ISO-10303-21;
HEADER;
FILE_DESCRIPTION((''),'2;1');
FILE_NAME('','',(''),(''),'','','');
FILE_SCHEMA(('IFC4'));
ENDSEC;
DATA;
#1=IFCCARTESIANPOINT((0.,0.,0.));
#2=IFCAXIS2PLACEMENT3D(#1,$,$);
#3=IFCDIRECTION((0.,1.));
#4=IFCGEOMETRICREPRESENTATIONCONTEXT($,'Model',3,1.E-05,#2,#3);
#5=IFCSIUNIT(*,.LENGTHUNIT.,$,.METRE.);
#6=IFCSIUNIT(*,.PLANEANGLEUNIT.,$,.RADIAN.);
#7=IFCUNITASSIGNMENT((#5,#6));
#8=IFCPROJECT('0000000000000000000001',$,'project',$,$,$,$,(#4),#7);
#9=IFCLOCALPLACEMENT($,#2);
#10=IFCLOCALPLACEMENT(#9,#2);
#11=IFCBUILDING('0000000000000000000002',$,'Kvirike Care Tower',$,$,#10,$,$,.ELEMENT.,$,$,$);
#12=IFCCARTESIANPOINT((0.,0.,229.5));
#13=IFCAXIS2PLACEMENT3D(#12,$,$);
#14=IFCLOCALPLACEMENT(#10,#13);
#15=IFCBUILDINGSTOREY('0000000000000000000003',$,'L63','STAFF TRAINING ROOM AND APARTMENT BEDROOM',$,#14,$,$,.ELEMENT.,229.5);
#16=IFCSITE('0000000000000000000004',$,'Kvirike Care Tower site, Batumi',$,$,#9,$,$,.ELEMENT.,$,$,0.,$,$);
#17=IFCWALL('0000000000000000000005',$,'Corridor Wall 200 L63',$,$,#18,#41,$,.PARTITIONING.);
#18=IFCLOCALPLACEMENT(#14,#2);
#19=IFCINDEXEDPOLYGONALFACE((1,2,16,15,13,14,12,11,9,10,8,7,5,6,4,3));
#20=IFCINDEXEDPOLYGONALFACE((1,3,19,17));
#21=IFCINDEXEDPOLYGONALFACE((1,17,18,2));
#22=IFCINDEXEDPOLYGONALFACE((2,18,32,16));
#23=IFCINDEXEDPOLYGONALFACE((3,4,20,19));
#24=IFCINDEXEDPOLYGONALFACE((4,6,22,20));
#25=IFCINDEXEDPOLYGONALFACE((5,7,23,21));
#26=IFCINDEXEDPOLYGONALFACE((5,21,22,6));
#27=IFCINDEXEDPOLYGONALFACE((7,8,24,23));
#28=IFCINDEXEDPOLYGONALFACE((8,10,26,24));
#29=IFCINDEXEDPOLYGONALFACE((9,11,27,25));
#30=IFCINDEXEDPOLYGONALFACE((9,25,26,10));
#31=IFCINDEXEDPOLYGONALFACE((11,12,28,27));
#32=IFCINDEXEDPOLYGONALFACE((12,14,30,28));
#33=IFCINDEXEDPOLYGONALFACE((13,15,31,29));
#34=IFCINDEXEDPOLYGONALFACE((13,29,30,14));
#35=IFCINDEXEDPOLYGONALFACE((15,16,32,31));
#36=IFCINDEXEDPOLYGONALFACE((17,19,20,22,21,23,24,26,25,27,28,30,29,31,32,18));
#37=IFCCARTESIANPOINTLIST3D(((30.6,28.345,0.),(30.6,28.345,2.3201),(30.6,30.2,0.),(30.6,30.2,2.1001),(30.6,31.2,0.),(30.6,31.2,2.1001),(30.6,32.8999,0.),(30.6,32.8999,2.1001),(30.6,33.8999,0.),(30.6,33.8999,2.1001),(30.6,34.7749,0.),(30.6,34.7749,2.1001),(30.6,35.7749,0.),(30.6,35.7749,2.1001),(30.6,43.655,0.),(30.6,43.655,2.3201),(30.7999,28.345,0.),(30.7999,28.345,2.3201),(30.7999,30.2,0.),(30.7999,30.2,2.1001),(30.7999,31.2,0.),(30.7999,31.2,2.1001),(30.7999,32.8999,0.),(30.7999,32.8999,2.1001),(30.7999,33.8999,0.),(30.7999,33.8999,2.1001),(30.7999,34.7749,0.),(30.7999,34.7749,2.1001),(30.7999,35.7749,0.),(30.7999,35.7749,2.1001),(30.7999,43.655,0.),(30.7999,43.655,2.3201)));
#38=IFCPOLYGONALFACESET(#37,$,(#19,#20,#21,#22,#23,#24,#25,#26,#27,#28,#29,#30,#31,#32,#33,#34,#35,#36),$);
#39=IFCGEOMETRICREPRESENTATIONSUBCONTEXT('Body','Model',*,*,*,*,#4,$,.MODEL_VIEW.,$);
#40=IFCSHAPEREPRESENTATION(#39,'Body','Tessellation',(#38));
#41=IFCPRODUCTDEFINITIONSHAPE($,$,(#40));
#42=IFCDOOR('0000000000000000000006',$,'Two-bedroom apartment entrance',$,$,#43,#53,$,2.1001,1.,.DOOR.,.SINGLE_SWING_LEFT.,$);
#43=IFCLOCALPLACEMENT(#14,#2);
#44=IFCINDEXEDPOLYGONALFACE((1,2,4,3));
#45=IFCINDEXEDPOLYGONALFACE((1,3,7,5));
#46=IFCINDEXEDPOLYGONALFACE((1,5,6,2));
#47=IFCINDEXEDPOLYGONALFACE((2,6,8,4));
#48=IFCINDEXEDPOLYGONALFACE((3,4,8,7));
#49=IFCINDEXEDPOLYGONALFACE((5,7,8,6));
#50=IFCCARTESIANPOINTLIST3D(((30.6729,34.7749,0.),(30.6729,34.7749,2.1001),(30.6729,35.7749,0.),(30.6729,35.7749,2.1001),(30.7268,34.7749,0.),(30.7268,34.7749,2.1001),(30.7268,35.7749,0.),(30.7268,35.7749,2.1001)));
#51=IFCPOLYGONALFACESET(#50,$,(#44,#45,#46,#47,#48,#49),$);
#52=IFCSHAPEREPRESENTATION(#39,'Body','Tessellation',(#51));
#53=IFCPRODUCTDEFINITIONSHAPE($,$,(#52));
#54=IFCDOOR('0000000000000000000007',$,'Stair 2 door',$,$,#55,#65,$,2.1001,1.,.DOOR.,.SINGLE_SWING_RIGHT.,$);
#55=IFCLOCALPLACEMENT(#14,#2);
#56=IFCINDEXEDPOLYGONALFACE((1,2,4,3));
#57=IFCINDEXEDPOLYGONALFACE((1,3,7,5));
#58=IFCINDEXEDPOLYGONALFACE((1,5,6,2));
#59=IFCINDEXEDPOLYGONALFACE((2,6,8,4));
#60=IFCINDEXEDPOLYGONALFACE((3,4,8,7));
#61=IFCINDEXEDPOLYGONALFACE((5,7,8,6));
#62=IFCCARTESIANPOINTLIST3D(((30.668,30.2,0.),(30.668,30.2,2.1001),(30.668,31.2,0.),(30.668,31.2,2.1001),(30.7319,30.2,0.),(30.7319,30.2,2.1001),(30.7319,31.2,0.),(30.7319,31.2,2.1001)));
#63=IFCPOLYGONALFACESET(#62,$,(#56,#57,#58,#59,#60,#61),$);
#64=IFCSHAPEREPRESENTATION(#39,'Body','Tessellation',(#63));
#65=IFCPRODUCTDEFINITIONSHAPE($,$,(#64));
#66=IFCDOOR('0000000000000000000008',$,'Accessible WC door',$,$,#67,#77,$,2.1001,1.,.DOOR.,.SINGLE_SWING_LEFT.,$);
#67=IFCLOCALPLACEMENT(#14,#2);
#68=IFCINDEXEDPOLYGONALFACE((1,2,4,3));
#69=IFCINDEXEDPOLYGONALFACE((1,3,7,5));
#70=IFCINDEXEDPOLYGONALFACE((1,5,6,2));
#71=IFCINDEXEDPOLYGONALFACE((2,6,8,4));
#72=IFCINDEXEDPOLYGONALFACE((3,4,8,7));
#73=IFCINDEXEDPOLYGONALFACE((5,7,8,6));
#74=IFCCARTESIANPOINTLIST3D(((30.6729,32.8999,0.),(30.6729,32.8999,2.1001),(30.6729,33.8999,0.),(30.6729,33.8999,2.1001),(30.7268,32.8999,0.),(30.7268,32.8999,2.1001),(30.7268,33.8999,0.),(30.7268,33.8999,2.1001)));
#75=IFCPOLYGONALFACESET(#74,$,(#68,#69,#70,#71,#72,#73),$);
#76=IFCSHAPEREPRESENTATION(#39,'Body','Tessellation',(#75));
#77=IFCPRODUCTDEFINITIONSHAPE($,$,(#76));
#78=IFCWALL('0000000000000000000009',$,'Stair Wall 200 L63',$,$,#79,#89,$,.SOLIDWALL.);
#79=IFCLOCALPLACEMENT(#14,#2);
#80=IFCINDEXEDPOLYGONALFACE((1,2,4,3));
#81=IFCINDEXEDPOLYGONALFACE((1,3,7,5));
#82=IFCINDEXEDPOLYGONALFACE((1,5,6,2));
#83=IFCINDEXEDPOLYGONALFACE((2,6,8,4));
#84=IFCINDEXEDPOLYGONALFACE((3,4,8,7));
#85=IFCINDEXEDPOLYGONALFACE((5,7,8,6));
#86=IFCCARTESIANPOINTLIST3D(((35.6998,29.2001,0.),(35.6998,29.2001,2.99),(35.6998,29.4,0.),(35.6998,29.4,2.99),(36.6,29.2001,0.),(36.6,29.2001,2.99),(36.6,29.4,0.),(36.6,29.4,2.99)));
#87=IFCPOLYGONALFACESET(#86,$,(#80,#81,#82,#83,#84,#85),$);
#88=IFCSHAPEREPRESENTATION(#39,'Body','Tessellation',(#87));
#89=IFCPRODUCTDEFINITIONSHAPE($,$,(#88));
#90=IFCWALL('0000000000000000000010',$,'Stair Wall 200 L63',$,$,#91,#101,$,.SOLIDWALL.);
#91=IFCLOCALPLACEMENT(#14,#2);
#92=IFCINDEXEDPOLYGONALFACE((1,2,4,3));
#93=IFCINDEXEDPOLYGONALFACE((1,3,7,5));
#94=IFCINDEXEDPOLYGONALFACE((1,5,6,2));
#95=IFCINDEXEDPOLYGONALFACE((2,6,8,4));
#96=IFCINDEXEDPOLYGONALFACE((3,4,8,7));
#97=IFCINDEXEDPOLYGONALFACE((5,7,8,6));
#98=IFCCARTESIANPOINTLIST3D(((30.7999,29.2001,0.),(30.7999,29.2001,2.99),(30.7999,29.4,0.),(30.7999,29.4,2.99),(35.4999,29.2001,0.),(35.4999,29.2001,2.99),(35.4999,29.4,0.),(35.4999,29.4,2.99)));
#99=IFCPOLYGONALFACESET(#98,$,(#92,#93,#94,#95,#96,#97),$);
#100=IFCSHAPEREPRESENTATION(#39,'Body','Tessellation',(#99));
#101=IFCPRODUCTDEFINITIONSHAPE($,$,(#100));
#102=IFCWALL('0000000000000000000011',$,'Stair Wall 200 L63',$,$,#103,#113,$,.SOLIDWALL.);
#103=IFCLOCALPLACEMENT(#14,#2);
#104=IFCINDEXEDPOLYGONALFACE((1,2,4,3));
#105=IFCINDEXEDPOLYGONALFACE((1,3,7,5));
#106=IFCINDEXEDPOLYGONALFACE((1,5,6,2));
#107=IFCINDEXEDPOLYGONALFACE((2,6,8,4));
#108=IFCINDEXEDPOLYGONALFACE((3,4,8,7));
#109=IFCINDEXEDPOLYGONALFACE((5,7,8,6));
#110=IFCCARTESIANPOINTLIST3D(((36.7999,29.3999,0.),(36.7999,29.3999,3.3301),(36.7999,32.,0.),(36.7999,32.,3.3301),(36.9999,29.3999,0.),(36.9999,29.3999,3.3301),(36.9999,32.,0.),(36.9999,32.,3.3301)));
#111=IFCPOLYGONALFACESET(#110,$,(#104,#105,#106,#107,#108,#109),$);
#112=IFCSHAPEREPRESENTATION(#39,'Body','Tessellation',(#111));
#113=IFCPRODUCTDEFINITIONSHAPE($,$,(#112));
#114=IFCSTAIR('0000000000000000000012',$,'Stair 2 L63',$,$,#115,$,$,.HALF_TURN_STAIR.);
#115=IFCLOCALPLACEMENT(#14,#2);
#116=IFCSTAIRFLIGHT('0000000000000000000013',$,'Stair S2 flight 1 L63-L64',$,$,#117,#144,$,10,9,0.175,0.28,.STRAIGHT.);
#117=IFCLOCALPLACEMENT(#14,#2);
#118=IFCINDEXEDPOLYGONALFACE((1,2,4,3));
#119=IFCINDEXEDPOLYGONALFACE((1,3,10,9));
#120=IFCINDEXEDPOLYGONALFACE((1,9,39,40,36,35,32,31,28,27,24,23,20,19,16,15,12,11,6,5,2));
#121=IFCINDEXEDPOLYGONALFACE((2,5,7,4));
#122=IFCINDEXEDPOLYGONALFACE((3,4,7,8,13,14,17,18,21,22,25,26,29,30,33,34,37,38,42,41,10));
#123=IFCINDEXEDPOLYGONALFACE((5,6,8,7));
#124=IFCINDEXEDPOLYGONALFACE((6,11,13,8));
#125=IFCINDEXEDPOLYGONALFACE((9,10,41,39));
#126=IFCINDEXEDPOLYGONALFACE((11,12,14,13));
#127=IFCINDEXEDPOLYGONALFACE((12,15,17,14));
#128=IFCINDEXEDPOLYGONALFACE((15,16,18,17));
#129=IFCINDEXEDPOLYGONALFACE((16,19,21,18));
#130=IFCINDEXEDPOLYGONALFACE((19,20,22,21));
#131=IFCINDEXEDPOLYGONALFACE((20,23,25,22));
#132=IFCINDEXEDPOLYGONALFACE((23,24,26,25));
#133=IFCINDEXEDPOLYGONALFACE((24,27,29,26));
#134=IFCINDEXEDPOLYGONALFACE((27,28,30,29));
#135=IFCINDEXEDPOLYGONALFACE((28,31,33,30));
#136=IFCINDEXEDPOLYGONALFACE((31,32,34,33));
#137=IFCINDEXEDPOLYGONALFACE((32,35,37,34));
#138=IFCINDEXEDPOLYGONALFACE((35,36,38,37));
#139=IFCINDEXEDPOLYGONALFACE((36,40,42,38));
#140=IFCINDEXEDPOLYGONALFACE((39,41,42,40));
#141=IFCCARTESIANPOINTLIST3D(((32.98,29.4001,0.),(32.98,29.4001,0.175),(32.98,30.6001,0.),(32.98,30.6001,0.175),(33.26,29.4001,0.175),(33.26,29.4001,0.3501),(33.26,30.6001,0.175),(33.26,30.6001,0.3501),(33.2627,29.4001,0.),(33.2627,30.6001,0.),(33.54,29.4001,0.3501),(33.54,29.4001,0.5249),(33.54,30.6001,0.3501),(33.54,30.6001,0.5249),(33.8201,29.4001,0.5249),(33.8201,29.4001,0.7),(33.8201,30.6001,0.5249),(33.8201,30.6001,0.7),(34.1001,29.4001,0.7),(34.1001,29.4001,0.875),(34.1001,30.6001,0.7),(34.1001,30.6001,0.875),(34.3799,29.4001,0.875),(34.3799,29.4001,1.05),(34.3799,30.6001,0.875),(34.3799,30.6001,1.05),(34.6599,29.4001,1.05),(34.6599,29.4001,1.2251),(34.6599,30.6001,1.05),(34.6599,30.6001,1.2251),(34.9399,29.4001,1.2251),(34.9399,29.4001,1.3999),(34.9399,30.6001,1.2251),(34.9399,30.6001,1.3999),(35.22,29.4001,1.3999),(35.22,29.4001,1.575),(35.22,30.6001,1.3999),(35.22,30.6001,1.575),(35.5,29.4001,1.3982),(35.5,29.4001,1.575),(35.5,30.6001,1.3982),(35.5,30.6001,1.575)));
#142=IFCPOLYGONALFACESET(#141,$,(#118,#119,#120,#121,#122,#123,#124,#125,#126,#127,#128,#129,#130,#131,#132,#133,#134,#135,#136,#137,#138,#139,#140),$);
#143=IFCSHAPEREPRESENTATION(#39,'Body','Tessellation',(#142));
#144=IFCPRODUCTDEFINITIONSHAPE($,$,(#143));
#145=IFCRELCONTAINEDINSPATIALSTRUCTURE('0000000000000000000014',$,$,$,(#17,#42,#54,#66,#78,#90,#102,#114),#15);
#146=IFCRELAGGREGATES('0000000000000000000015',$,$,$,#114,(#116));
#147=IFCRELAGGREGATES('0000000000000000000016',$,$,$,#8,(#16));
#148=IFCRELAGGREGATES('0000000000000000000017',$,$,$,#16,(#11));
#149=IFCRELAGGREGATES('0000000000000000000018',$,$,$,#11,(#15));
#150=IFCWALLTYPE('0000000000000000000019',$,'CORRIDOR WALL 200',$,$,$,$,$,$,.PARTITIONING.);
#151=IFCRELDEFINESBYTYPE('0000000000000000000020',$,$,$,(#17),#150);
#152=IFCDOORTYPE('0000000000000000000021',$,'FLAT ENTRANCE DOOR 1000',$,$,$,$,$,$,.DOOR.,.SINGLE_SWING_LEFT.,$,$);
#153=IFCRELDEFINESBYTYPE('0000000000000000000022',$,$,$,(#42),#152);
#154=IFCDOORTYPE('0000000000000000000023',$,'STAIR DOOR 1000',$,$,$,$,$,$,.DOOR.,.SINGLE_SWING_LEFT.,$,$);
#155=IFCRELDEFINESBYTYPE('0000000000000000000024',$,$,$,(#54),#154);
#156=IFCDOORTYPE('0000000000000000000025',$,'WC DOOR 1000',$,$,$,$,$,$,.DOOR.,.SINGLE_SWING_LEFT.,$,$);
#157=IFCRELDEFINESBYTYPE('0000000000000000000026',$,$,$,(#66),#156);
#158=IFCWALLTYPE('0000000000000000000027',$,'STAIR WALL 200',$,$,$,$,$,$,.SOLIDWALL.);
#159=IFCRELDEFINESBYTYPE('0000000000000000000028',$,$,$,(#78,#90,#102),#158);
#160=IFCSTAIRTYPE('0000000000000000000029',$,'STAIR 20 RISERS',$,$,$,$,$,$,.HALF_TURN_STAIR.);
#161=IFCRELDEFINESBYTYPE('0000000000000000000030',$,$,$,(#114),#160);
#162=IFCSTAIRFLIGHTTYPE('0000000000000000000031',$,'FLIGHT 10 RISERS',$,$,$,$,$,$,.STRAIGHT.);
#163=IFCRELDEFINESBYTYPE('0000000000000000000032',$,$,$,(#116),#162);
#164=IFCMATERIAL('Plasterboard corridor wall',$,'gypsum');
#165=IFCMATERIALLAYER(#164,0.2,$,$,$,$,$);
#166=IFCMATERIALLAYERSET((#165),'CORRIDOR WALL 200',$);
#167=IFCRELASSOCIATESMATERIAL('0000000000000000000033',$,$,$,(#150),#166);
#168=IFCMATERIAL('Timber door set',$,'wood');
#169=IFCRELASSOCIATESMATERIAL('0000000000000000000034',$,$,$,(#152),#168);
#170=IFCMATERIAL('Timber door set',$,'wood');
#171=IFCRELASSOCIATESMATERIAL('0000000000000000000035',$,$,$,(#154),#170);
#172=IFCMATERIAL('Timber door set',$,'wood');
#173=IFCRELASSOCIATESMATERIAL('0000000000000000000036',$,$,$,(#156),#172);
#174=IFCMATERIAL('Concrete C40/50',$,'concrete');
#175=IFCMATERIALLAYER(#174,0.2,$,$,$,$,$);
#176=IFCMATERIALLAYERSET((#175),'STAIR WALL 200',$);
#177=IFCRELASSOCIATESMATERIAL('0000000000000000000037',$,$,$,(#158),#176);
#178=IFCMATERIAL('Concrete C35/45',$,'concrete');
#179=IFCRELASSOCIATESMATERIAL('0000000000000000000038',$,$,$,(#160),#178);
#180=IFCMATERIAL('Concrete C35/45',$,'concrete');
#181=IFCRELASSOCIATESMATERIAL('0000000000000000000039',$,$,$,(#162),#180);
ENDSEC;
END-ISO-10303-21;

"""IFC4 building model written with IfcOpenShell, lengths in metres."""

from ifc_helpers import new_model, si_unit, direction, frame, frame_2d, origin, place, context, subcontext, project, spatial, polyline, rectangle, outline, extrude, material, layer, layer_set, type_object, element, fill, aggregate, save


model = new_model("IFC4")

# Units and contexts
model_context = context("Model", 3, precision=1e-05, world=origin(), true_north=direction((0.0, 1.0)))
body_context = subcontext(model_context, "Body", "Model", "MODEL_VIEW")
ifc_project = project(units=[si_unit("LENGTHUNIT", "METRE"), si_unit("PLANEANGLEUNIT", "RADIAN")], contexts=[model_context])

# Site, building, storey
site_placement = place(None, origin())
site = spatial("IfcSite", under=ifc_project, at=site_placement, Name="Kvirike Care Tower site, Batumi", CompositionType="ELEMENT", RefElevation=0.0)
building_placement = place(site_placement, origin())
building = spatial("IfcBuilding", under=site, at=building_placement, Name="Kvirike Care Tower", CompositionType="ELEMENT")
storey_placement = place(building_placement, frame((0.0, 0.0, 229.5)))
storey = spatial("IfcBuildingStorey", under=building, at=storey_placement, Name="L63", Description="STAFF TRAINING ROOM AND APARTMENT BEDROOM", CompositionType="ELEMENT", Elevation=229.5)

# Wall, openings, doors
ifc_material_1 = material(Name="Plasterboard corridor wall", Category="gypsum")
ifc_layer_1 = layer(ifc_material_1, 0.2)
ifc_layer_set_1 = layer_set([ifc_layer_1], Name="CORRIDOR WALL 200")
wall_type_1 = type_object("IfcWallType", Name="CORRIDOR WALL 200", PredefinedType="PARTITIONING", material=ifc_layer_set_1)
wall_1_placement = place(storey_placement, frame((30.7, 28.345, 0.0), z_axis=(0.0, 0.0, 1.0), x_axis=(0.0, 1.0, 0.0)))
wall_1 = element("IfcWall", 1, at=wall_1_placement, inside=storey, type_object=wall_type_1, Name="Corridor Wall 200 L63", PredefinedType="PARTITIONING", context=body_context, shape_type="SweptSolid", body=[
    extrude(rectangle(XDim=15.3101, YDim=0.2, at=frame_2d((7.655, 0.0))), origin(), (0.0, 0.0, 1.0), 2.3201),
])
opening_1_placement = place(wall_1_placement, frame((1.855, 0.0, 0.0)))
opening_1 = element("IfcOpeningElement", 2, at=opening_1_placement, cuts=wall_1, PredefinedType="OPENING", context=body_context, shape_type="SweptSolid", body=[
    extrude(rectangle(XDim=1.0, YDim=2.1001, at=frame_2d((0.5, 1.05))), frame((0.0, 0.1106, 0.0), z_axis=(0.0, -1.0, 0.0), x_axis=(1.0, 0.0, 0.0)), (0.0, 0.0, 1.0), 0.2209),
])
opening_2_placement = place(wall_1_placement, frame((4.5549, 0.0, 0.0)))
opening_2 = element("IfcOpeningElement", 3, at=opening_2_placement, cuts=wall_1, PredefinedType="OPENING", context=body_context, shape_type="SweptSolid", body=[
    extrude(rectangle(XDim=1.0, YDim=2.1001, at=frame_2d((0.5, 1.05))), frame((0.0, 0.1106, 0.0), z_axis=(0.0, -1.0, 0.0), x_axis=(1.0, 0.0, 0.0)), (0.0, 0.0, 1.0), 0.2209),
])
opening_3_placement = place(wall_1_placement, frame((6.4299, 0.0, 0.0)))
opening_3 = element("IfcOpeningElement", 4, at=opening_3_placement, cuts=wall_1, PredefinedType="OPENING", context=body_context, shape_type="SweptSolid", body=[
    extrude(rectangle(XDim=1.0, YDim=2.1001, at=frame_2d((0.5, 1.05))), frame((0.0, 0.1106, 0.0), z_axis=(0.0, -1.0, 0.0), x_axis=(1.0, 0.0, 0.0)), (0.0, 0.0, 1.0), 0.2209),
])
ifc_material_2 = material(Name="Timber door set", Category="wood")
door_type_1 = type_object("IfcDoorType", Name="FLAT ENTRANCE DOOR 1000", OperationType="SINGLE_SWING_LEFT", PredefinedType="DOOR", material=ifc_material_2)
door_1_placement = place(opening_3_placement, frame((1.0, 0.0, 0.0), z_axis=(0.0, 0.0, 1.0), x_axis=(-1.0, 0.0, 0.0)))
door_1 = element("IfcDoor", 5, at=door_1_placement, inside=storey, type_object=door_type_1, Name="Two-bedroom apartment entrance", OperationType="SINGLE_SWING_LEFT", OverallHeight=2.1001, OverallWidth=1.0, PredefinedType="DOOR", context=body_context, shape_type="SweptSolid", body=[
    extrude(rectangle(XDim=1.0, YDim=2.1001, at=frame_2d((0.5, 1.05))), frame((0.0, 0.0269, 0.0), z_axis=(0.0, -1.0, 0.0), x_axis=(1.0, 0.0, 0.0)), (0.0, 0.0, 1.0), 0.054),
])
fill(opening_3, door_1)
ifc_material_3 = material(Name="Timber door set", Category="wood")
door_type_2 = type_object("IfcDoorType", Name="STAIR DOOR 1000", OperationType="SINGLE_SWING_LEFT", PredefinedType="DOOR", material=ifc_material_3)
door_2_placement = place(opening_1_placement, frame((1.0, 0.0, 0.0), z_axis=(0.0, 0.0, 1.0), x_axis=(-1.0, 0.0, 0.0)))
door_2 = element("IfcDoor", 6, at=door_2_placement, inside=storey, type_object=door_type_2, Name="Stair 2 door", OperationType="SINGLE_SWING_RIGHT", OverallHeight=2.1001, OverallWidth=1.0, PredefinedType="DOOR", context=body_context, shape_type="SweptSolid", body=[
    extrude(rectangle(XDim=1.0, YDim=2.1001, at=frame_2d((0.5, 1.05))), frame((0.0, 0.032, 0.0), z_axis=(0.0, -1.0, 0.0), x_axis=(1.0, 0.0, 0.0)), (0.0, 0.0, 1.0), 0.064),
])
fill(opening_1, door_2)
ifc_material_4 = material(Name="Timber door set", Category="wood")
door_type_3 = type_object("IfcDoorType", Name="WC DOOR 1000", OperationType="SINGLE_SWING_LEFT", PredefinedType="DOOR", material=ifc_material_4)
door_3_placement = place(opening_2_placement, frame((1.0, 0.0, 0.0), z_axis=(0.0, 0.0, 1.0), x_axis=(-1.0, 0.0, 0.0)))
door_3 = element("IfcDoor", 7, at=door_3_placement, inside=storey, type_object=door_type_3, Name="Accessible WC door", OperationType="SINGLE_SWING_LEFT", OverallHeight=2.1001, OverallWidth=1.0, PredefinedType="DOOR", context=body_context, shape_type="SweptSolid", body=[
    extrude(rectangle(XDim=1.0, YDim=2.1001, at=frame_2d((0.5, 1.05))), frame((0.0, 0.0269, 0.0), z_axis=(0.0, -1.0, 0.0), x_axis=(1.0, 0.0, 0.0)), (0.0, 0.0, 1.0), 0.054),
])
fill(opening_2, door_3)

# Walls
ifc_material_5 = material(Name="Concrete C40/50", Category="concrete")
ifc_layer_2 = layer(ifc_material_5, 0.2)
ifc_layer_set_2 = layer_set([ifc_layer_2], Name="STAIR WALL 200")
wall_type_2 = type_object("IfcWallType", Name="STAIR WALL 200", PredefinedType="SOLIDWALL", material=ifc_layer_set_2)
wall_2_placement = place(storey_placement, frame((36.6001, 29.3, 0.0), z_axis=(0.0, 0.0, 1.0), x_axis=(-1.0, 0.0, 0.0)))
element("IfcWall", 8, at=wall_2_placement, inside=storey, type_object=wall_type_2, Name="Stair Wall 200 L63", PredefinedType="SOLIDWALL", context=body_context, shape_type="SweptSolid", body=[
    extrude(rectangle(XDim=0.9001, YDim=0.2, at=frame_2d((0.4502, 0.0))), origin(), (0.0, 0.0, 1.0), 2.99),
])
wall_3_placement = place(storey_placement, frame((35.5, 29.3, 0.0), z_axis=(0.0, 0.0, 1.0), x_axis=(-1.0, 0.0, 0.0)))
element("IfcWall", 9, at=wall_3_placement, inside=storey, type_object=wall_type_2, Name="Stair Wall 200 L63", PredefinedType="SOLIDWALL", context=body_context, shape_type="SweptSolid", body=[
    extrude(rectangle(XDim=4.7, YDim=0.2, at=frame_2d((2.3501, 0.0))), origin(), (0.0, 0.0, 1.0), 2.99),
])
wall_4_placement = place(storey_placement, frame((36.8999, 29.3999, 0.0), z_axis=(0.0, 0.0, 1.0), x_axis=(0.0, 1.0, 0.0)))
element("IfcWall", 10, at=wall_4_placement, inside=storey, type_object=wall_type_2, Name="Stair Wall 200 L63", PredefinedType="SOLIDWALL", context=body_context, shape_type="SweptSolid", body=[
    extrude(rectangle(XDim=2.6001, YDim=0.2, at=frame_2d((1.3, 0.0))), origin(), (0.0, 0.0, 1.0), 3.3301),
])

# Stair, stair flight
ifc_material_6 = material(Name="Concrete C35/45", Category="concrete")
stair_type = type_object("IfcStairType", Name="STAIR 20 RISERS", PredefinedType="HALF_TURN_STAIR", material=ifc_material_6)
stair_placement = place(storey_placement, origin())
stair = element("IfcStair", 11, at=stair_placement, inside=storey, type_object=stair_type, Name="Stair 2 L63", PredefinedType="HALF_TURN_STAIR")
ifc_material_7 = material(Name="Concrete C35/45", Category="concrete")
stair_flight_type = type_object("IfcStairFlightType", Name="FLIGHT 10 RISERS", PredefinedType="STRAIGHT", material=ifc_material_7)
stair_flight_1_placement = place(storey_placement, frame((32.98, 30.0, 0.0), z_axis=(0.0, 0.0, 1.0), x_axis=(1.0, 0.0, 0.0)))
stair_flight_1 = element("IfcStairFlight", 12, at=stair_flight_1_placement, type_object=stair_flight_type, Name="Stair S2 flight 1 L63-L64", NumberOfRisers=10, NumberOfTreads=9, PredefinedType="STRAIGHT", RiserHeight=0.175, TreadLength=0.28, context=body_context, shape_type="SweptSolid", body=[
    extrude(outline(polyline([(0.0, 0.0), (0.0, 0.175), (0.28, 0.175), (0.28, 0.3501), (0.5601, 0.3501), (0.5601, 0.5249), (0.8401, 0.5249), (0.8401, 0.7), (1.1201, 0.7), (1.1201, 0.875), (1.3999, 0.875), (1.3999, 1.05), (1.6799, 1.05), (1.6799, 1.2251), (1.96, 1.2251), (1.96, 1.3999), (2.24, 1.3999), (2.24, 1.575), (2.52, 1.575), (2.52, 1.75), (2.52, 1.3982), (0.2827, 0.0), (0.0, 0.0)])), frame((0.0, 0.6001, 0.0), z_axis=(0.0, -1.0, 0.0), x_axis=(1.0, 0.0, 0.0)), (0.0, 0.0, 1.0), 1.2),
])
aggregate(stair, [stair_flight_1])

save(model, "model.ifc")
